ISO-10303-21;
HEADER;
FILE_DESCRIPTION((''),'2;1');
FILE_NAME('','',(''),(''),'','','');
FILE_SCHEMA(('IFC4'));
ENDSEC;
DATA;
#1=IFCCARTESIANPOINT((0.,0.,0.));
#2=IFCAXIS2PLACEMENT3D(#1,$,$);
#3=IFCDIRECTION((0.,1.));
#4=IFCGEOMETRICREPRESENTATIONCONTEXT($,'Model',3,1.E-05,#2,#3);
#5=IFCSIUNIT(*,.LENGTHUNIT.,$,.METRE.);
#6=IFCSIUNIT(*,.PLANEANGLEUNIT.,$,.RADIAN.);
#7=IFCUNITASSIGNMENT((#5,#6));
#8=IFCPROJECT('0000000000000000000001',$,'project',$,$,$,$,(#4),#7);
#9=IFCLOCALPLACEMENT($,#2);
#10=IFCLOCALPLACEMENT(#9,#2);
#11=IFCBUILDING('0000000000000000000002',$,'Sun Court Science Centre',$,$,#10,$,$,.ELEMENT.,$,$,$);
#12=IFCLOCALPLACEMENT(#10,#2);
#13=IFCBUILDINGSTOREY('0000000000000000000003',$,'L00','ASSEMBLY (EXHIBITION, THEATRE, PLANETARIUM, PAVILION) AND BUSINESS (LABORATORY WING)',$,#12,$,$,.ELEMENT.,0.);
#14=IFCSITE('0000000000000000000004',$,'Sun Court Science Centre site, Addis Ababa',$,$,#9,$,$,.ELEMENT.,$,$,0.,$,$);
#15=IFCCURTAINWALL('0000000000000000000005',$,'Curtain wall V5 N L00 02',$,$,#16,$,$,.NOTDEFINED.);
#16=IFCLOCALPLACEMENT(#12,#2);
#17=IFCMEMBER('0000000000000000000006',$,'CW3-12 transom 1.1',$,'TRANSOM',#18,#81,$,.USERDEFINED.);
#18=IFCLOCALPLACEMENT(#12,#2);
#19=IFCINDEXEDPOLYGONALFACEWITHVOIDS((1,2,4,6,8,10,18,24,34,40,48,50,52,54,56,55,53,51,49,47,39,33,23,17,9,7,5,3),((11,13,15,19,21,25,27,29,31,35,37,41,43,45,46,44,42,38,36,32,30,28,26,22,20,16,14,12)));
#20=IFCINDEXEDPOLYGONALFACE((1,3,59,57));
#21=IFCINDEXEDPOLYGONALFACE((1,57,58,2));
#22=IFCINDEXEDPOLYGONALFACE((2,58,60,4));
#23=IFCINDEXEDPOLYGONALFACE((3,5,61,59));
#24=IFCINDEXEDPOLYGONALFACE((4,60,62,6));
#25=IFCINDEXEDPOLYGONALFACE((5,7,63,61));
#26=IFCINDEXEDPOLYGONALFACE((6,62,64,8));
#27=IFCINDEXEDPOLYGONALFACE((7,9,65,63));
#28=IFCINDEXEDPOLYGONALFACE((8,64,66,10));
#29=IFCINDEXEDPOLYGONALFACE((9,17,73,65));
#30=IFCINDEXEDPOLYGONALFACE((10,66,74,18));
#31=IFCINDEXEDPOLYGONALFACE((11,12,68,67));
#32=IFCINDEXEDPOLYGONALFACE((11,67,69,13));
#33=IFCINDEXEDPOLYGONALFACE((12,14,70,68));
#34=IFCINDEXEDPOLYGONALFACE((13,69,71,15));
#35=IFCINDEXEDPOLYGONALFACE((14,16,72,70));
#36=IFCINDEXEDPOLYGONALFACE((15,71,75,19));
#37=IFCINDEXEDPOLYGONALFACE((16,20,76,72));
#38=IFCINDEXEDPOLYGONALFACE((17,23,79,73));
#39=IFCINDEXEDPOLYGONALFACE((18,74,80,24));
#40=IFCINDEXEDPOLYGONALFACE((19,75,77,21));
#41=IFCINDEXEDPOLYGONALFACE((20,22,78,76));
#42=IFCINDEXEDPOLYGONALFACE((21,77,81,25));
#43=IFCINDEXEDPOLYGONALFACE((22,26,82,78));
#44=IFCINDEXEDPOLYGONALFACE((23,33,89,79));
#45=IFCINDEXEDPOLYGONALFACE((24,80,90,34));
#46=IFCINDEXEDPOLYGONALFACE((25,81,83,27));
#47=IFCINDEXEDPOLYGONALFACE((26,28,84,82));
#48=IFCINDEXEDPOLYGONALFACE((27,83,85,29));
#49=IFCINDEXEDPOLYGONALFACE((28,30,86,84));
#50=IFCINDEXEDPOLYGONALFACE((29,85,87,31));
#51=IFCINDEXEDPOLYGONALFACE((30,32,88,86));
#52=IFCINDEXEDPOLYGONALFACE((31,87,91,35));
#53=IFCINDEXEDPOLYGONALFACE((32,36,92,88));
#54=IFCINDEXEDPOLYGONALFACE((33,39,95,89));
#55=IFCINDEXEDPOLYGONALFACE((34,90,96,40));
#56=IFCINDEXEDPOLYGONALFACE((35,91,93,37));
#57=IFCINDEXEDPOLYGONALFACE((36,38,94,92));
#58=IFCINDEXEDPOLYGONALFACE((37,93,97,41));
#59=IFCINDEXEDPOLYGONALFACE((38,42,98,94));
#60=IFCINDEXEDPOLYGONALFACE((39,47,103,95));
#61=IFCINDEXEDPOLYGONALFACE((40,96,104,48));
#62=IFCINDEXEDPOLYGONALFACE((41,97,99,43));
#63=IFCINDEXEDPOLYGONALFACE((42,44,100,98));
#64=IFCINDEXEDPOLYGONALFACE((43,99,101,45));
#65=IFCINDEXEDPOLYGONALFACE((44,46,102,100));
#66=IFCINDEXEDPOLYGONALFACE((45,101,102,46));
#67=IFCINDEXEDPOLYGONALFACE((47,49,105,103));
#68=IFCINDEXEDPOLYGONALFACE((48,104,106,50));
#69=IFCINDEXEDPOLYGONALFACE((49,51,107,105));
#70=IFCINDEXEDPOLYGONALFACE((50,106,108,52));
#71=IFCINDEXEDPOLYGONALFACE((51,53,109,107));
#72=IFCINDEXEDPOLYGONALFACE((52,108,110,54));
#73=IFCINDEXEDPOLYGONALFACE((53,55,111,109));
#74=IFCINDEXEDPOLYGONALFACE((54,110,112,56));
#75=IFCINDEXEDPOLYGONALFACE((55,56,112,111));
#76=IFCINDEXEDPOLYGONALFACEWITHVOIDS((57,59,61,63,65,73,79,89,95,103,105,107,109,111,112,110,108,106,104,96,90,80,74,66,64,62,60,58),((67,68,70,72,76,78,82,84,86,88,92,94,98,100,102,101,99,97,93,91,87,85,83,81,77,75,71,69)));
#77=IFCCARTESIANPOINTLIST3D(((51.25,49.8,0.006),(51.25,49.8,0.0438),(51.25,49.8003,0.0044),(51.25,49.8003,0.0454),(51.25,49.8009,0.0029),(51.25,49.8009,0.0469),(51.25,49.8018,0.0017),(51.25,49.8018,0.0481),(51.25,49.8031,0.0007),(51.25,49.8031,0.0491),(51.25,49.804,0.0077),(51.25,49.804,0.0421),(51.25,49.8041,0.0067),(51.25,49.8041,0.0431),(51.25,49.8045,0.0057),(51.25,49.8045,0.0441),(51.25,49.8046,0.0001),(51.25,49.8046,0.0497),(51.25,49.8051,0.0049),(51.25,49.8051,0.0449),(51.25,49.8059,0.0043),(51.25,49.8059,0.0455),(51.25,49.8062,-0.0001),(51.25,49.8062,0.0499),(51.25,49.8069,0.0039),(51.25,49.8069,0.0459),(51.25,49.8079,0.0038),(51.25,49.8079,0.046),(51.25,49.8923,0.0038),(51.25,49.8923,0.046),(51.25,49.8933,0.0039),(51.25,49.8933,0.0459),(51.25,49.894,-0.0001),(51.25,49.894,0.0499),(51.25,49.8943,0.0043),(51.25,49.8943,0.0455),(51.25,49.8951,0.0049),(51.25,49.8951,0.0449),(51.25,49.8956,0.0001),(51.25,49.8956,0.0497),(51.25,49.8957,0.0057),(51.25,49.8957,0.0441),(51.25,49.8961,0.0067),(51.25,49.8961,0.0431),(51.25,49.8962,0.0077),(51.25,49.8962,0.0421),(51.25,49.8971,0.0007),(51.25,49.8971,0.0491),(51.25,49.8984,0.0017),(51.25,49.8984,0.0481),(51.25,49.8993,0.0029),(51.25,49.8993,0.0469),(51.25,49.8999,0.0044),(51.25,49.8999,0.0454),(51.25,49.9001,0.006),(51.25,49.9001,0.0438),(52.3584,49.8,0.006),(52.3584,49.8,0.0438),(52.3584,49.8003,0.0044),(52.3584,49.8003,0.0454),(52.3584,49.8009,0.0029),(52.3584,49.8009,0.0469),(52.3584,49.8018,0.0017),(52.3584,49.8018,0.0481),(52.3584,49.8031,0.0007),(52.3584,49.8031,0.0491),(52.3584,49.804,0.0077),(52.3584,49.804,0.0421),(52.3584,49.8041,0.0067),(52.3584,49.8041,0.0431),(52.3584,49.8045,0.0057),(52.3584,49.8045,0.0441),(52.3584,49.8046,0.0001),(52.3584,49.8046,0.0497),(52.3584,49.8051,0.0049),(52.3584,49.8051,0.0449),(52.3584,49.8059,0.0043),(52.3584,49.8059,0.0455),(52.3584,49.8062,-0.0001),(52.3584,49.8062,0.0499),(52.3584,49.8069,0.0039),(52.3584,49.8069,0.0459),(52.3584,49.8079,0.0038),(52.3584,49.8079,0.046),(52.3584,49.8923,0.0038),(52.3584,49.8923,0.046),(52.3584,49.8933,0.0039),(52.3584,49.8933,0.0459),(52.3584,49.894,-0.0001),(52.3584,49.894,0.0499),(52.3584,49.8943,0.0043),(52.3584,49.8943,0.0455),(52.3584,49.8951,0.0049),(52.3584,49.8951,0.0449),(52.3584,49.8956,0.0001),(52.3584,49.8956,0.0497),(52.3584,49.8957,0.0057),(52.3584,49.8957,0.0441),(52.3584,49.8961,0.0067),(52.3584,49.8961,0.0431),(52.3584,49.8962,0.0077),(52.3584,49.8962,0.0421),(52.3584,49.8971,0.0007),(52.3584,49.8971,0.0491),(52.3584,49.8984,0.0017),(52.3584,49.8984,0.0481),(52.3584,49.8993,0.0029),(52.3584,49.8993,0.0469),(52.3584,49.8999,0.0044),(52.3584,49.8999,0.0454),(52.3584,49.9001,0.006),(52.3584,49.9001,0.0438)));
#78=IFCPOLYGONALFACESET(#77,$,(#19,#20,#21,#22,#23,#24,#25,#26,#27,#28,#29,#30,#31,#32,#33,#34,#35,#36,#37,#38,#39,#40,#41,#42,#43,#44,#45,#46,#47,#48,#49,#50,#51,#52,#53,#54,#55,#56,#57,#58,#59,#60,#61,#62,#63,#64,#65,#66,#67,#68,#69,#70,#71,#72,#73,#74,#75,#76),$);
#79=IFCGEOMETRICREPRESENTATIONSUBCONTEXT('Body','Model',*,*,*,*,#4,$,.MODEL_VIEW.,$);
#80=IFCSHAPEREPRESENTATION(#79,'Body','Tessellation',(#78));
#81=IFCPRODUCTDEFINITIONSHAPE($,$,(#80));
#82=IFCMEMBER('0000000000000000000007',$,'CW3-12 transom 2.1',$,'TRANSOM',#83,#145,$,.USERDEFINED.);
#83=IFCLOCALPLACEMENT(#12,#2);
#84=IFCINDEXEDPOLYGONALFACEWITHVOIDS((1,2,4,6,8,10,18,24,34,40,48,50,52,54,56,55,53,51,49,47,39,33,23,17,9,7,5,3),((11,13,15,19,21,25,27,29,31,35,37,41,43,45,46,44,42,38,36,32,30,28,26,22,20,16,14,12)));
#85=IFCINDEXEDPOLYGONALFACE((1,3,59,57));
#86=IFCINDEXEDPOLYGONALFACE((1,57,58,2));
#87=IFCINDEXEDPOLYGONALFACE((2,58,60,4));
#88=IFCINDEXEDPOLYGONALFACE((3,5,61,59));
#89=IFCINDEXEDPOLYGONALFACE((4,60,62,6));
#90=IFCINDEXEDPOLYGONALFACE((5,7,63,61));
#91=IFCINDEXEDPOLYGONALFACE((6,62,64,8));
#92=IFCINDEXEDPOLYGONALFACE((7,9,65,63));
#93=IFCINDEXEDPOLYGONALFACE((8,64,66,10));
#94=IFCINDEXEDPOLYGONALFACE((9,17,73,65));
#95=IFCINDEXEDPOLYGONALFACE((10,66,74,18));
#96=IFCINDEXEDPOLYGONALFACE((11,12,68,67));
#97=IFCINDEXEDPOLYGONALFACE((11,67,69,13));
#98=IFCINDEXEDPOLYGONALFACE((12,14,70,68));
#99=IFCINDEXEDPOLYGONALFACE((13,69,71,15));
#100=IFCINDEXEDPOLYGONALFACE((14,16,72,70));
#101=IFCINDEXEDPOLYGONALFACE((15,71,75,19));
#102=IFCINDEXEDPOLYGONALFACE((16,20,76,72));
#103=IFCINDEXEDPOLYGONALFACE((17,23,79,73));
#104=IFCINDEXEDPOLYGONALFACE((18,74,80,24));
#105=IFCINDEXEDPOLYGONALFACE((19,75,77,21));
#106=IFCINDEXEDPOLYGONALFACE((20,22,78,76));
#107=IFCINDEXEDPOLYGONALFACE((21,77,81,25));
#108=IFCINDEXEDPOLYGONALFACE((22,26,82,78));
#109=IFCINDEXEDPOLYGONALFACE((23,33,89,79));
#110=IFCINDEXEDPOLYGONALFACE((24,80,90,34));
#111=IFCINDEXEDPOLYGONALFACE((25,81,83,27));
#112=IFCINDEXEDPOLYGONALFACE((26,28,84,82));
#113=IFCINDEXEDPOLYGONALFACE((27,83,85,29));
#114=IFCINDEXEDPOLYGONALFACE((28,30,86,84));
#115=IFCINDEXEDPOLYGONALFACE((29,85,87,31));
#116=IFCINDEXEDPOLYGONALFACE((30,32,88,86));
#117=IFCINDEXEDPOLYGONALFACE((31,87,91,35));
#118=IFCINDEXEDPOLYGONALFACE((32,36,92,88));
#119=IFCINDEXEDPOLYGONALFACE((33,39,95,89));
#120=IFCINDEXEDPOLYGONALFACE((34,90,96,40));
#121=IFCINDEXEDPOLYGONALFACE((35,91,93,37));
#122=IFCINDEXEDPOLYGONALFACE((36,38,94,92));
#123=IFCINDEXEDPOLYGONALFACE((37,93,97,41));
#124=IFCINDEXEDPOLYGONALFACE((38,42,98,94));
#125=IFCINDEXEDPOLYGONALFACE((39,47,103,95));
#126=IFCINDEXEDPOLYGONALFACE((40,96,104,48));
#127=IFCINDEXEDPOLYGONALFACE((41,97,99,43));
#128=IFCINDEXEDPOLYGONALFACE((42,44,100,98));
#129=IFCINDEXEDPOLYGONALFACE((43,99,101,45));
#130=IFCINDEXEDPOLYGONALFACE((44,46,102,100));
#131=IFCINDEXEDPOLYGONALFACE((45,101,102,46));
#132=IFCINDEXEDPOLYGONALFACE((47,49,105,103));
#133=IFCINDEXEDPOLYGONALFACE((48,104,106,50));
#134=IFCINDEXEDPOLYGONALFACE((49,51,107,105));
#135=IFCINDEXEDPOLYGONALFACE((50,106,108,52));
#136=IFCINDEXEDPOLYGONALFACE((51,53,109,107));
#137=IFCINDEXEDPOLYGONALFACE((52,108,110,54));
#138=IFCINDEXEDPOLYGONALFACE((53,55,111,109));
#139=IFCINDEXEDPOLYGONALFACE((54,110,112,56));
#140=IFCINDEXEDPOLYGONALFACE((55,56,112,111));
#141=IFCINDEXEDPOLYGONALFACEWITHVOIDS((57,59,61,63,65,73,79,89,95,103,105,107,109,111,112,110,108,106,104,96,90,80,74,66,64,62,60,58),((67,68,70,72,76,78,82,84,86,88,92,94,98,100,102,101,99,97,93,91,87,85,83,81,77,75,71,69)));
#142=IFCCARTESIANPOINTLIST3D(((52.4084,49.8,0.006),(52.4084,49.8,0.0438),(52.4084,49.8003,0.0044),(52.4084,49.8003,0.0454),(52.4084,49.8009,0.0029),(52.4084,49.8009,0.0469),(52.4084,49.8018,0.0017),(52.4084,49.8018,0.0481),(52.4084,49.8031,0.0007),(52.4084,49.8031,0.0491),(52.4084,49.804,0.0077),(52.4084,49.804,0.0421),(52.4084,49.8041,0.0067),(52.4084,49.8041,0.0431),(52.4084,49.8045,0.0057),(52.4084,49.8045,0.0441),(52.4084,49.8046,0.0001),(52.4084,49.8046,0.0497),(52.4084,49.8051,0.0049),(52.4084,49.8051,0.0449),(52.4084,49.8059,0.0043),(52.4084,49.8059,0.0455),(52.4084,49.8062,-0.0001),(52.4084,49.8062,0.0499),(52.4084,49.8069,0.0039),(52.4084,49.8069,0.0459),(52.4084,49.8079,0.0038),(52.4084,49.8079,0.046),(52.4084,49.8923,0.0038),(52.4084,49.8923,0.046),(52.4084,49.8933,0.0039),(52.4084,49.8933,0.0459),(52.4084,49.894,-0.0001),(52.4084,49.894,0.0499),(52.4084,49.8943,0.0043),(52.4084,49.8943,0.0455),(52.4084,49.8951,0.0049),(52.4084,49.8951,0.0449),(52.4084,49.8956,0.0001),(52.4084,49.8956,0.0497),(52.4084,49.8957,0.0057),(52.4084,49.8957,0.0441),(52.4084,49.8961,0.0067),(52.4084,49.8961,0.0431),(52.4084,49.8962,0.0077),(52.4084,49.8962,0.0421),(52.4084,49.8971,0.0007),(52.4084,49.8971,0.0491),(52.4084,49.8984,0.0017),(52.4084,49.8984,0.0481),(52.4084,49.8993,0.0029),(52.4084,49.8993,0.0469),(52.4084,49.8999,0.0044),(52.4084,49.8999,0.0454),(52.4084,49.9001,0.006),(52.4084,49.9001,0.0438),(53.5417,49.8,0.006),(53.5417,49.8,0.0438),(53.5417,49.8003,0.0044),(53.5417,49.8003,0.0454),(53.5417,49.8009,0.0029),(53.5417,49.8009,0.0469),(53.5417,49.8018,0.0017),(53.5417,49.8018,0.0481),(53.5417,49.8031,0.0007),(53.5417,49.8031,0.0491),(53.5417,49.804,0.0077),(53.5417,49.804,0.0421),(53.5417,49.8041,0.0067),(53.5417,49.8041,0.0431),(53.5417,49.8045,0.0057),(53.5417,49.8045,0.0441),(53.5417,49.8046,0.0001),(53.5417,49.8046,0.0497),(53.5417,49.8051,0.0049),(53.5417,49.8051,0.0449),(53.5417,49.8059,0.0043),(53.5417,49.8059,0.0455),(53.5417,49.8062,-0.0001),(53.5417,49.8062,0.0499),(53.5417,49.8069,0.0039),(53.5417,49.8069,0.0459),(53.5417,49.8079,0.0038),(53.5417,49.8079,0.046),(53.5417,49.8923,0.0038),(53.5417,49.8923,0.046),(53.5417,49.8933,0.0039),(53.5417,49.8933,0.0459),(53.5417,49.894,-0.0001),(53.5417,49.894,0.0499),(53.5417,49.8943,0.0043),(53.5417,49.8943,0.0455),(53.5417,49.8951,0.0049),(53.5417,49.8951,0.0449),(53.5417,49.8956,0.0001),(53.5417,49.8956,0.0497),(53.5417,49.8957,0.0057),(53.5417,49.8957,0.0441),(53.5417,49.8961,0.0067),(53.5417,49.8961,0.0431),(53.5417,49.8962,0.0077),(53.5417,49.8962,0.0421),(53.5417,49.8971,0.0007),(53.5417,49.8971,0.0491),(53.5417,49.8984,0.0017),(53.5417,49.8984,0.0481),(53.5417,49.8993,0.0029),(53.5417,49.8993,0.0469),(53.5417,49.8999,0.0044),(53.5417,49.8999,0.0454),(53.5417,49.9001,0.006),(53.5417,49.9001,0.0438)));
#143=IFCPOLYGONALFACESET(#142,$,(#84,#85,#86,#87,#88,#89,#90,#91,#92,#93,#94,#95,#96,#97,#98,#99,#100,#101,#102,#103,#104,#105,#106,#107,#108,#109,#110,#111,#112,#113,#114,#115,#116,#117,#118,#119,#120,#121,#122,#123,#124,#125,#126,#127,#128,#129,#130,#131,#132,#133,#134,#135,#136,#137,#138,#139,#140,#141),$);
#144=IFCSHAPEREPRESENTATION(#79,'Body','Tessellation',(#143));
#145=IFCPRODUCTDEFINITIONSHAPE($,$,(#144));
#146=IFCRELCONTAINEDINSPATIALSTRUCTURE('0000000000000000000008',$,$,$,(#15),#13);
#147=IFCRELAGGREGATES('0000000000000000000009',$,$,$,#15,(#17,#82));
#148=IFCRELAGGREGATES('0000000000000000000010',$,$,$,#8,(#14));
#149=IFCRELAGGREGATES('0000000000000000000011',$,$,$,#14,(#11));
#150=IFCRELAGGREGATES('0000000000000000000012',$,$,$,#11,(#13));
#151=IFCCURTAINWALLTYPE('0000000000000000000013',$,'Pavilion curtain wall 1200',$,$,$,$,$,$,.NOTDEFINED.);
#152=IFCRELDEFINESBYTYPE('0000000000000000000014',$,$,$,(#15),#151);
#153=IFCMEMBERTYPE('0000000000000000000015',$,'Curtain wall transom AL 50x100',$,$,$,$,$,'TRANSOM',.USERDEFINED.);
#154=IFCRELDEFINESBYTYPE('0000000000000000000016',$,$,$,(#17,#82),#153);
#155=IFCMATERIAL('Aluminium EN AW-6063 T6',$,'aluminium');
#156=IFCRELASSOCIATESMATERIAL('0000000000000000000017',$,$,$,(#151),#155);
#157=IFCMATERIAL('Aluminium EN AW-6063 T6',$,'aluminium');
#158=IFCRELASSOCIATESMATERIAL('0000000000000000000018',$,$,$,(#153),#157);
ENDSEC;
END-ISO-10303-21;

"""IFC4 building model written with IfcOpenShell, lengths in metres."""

from ifc_helpers import new_model, si_unit, direction, frame, origin, origin_2d, place, context, subcontext, project, spatial, hollow_rectangle, extrude, material, material_profile, profile_set, type_object, element, aggregate, save


model = new_model("IFC4")

# Units and contexts
model_context = context("Model", 3, precision=1e-05, world=origin(), true_north=direction((0.0, 1.0)))
body_context = subcontext(model_context, "Body", "Model", "MODEL_VIEW")
ifc_project = project(units=[si_unit("LENGTHUNIT", "METRE"), si_unit("PLANEANGLEUNIT", "RADIAN")], contexts=[model_context])

# Site, building, storey
site_placement = place(None, origin())
site = spatial("IfcSite", under=ifc_project, at=site_placement, Name="Sun Court Science Centre site, Addis Ababa", CompositionType="ELEMENT", RefElevation=0.0)
building_placement = place(site_placement, origin())
building = spatial("IfcBuilding", under=site, at=building_placement, Name="Sun Court Science Centre", CompositionType="ELEMENT")
storey_placement = place(building_placement, origin())
storey = spatial("IfcBuildingStorey", under=building, at=storey_placement, Name="L00", Description="ASSEMBLY (EXHIBITION, THEATRE, PLANETARIUM, PAVILION) AND BUSINESS (LABORATORY WING)", CompositionType="ELEMENT", Elevation=0.0)

# Curtain wall, members
ifc_material_1 = material(Name="Aluminium EN AW-6063 T6", Category="aluminium")
curtain_wall_type = type_object("IfcCurtainWallType", Name="Pavilion curtain wall 1200", PredefinedType="NOTDEFINED", material=ifc_material_1)
curtain_wall_placement = place(storey_placement, origin())
curtain_wall = element("IfcCurtainWall", 1, at=curtain_wall_placement, inside=storey, type_object=curtain_wall_type, Name="Curtain wall V5 N L00 02", PredefinedType="NOTDEFINED")
ifc_material_2 = material(Name="Aluminium EN AW-6063 T6", Category="aluminium")
ifc_material_profile_1 = material_profile(ifc_material_2, hollow_rectangle(XDim=0.05, YDim=0.1001, WallThickness=0.0039, InnerFilletRadius=0.0039, OuterFilletRadius=0.0061, at=origin_2d()), Name="AL 50x100x4")
ifc_profile_set_1 = profile_set([ifc_material_profile_1], Name="Aluminium EN AW-6063 T6")
member_type_1 = type_object("IfcMemberType", Name="Curtain wall transom AL 50x100", ElementType="TRANSOM", PredefinedType="USERDEFINED", material=ifc_profile_set_1)
member_1_placement = place(storey_placement, frame((51.25, 49.8501, 0.0249), z_axis=(1.0, 0.0, 0.0), x_axis=(0.0, 0.0, 1.0)))
member_1 = element("IfcMember", 2, at=member_1_placement, type_object=member_type_1, Name="CW3-12 transom 1.1", ObjectType="TRANSOM", PredefinedType="USERDEFINED", context=body_context, shape_type="SweptSolid", body=[
    extrude(hollow_rectangle(XDim=0.05, YDim=0.1001, WallThickness=0.0039, InnerFilletRadius=0.0039, OuterFilletRadius=0.0061, at=origin_2d()), origin(), (0.0, 0.0, 1.0), 1.1084),
])
member_2_placement = place(storey_placement, frame((52.4084, 49.8501, 0.0249), z_axis=(1.0, 0.0, 0.0), x_axis=(0.0, 0.0, 1.0)))
member_2 = element("IfcMember", 3, at=member_2_placement, type_object=member_type_1, Name="CW3-12 transom 2.1", ObjectType="TRANSOM", PredefinedType="USERDEFINED", context=body_context, shape_type="SweptSolid", body=[
    extrude(hollow_rectangle(XDim=0.05, YDim=0.1001, WallThickness=0.0039, InnerFilletRadius=0.0039, OuterFilletRadius=0.0061, at=origin_2d()), origin(), (0.0, 0.0, 1.0), 1.1333),
])
aggregate(curtain_wall, [member_1, member_2])

save(model, "model.ifc")
